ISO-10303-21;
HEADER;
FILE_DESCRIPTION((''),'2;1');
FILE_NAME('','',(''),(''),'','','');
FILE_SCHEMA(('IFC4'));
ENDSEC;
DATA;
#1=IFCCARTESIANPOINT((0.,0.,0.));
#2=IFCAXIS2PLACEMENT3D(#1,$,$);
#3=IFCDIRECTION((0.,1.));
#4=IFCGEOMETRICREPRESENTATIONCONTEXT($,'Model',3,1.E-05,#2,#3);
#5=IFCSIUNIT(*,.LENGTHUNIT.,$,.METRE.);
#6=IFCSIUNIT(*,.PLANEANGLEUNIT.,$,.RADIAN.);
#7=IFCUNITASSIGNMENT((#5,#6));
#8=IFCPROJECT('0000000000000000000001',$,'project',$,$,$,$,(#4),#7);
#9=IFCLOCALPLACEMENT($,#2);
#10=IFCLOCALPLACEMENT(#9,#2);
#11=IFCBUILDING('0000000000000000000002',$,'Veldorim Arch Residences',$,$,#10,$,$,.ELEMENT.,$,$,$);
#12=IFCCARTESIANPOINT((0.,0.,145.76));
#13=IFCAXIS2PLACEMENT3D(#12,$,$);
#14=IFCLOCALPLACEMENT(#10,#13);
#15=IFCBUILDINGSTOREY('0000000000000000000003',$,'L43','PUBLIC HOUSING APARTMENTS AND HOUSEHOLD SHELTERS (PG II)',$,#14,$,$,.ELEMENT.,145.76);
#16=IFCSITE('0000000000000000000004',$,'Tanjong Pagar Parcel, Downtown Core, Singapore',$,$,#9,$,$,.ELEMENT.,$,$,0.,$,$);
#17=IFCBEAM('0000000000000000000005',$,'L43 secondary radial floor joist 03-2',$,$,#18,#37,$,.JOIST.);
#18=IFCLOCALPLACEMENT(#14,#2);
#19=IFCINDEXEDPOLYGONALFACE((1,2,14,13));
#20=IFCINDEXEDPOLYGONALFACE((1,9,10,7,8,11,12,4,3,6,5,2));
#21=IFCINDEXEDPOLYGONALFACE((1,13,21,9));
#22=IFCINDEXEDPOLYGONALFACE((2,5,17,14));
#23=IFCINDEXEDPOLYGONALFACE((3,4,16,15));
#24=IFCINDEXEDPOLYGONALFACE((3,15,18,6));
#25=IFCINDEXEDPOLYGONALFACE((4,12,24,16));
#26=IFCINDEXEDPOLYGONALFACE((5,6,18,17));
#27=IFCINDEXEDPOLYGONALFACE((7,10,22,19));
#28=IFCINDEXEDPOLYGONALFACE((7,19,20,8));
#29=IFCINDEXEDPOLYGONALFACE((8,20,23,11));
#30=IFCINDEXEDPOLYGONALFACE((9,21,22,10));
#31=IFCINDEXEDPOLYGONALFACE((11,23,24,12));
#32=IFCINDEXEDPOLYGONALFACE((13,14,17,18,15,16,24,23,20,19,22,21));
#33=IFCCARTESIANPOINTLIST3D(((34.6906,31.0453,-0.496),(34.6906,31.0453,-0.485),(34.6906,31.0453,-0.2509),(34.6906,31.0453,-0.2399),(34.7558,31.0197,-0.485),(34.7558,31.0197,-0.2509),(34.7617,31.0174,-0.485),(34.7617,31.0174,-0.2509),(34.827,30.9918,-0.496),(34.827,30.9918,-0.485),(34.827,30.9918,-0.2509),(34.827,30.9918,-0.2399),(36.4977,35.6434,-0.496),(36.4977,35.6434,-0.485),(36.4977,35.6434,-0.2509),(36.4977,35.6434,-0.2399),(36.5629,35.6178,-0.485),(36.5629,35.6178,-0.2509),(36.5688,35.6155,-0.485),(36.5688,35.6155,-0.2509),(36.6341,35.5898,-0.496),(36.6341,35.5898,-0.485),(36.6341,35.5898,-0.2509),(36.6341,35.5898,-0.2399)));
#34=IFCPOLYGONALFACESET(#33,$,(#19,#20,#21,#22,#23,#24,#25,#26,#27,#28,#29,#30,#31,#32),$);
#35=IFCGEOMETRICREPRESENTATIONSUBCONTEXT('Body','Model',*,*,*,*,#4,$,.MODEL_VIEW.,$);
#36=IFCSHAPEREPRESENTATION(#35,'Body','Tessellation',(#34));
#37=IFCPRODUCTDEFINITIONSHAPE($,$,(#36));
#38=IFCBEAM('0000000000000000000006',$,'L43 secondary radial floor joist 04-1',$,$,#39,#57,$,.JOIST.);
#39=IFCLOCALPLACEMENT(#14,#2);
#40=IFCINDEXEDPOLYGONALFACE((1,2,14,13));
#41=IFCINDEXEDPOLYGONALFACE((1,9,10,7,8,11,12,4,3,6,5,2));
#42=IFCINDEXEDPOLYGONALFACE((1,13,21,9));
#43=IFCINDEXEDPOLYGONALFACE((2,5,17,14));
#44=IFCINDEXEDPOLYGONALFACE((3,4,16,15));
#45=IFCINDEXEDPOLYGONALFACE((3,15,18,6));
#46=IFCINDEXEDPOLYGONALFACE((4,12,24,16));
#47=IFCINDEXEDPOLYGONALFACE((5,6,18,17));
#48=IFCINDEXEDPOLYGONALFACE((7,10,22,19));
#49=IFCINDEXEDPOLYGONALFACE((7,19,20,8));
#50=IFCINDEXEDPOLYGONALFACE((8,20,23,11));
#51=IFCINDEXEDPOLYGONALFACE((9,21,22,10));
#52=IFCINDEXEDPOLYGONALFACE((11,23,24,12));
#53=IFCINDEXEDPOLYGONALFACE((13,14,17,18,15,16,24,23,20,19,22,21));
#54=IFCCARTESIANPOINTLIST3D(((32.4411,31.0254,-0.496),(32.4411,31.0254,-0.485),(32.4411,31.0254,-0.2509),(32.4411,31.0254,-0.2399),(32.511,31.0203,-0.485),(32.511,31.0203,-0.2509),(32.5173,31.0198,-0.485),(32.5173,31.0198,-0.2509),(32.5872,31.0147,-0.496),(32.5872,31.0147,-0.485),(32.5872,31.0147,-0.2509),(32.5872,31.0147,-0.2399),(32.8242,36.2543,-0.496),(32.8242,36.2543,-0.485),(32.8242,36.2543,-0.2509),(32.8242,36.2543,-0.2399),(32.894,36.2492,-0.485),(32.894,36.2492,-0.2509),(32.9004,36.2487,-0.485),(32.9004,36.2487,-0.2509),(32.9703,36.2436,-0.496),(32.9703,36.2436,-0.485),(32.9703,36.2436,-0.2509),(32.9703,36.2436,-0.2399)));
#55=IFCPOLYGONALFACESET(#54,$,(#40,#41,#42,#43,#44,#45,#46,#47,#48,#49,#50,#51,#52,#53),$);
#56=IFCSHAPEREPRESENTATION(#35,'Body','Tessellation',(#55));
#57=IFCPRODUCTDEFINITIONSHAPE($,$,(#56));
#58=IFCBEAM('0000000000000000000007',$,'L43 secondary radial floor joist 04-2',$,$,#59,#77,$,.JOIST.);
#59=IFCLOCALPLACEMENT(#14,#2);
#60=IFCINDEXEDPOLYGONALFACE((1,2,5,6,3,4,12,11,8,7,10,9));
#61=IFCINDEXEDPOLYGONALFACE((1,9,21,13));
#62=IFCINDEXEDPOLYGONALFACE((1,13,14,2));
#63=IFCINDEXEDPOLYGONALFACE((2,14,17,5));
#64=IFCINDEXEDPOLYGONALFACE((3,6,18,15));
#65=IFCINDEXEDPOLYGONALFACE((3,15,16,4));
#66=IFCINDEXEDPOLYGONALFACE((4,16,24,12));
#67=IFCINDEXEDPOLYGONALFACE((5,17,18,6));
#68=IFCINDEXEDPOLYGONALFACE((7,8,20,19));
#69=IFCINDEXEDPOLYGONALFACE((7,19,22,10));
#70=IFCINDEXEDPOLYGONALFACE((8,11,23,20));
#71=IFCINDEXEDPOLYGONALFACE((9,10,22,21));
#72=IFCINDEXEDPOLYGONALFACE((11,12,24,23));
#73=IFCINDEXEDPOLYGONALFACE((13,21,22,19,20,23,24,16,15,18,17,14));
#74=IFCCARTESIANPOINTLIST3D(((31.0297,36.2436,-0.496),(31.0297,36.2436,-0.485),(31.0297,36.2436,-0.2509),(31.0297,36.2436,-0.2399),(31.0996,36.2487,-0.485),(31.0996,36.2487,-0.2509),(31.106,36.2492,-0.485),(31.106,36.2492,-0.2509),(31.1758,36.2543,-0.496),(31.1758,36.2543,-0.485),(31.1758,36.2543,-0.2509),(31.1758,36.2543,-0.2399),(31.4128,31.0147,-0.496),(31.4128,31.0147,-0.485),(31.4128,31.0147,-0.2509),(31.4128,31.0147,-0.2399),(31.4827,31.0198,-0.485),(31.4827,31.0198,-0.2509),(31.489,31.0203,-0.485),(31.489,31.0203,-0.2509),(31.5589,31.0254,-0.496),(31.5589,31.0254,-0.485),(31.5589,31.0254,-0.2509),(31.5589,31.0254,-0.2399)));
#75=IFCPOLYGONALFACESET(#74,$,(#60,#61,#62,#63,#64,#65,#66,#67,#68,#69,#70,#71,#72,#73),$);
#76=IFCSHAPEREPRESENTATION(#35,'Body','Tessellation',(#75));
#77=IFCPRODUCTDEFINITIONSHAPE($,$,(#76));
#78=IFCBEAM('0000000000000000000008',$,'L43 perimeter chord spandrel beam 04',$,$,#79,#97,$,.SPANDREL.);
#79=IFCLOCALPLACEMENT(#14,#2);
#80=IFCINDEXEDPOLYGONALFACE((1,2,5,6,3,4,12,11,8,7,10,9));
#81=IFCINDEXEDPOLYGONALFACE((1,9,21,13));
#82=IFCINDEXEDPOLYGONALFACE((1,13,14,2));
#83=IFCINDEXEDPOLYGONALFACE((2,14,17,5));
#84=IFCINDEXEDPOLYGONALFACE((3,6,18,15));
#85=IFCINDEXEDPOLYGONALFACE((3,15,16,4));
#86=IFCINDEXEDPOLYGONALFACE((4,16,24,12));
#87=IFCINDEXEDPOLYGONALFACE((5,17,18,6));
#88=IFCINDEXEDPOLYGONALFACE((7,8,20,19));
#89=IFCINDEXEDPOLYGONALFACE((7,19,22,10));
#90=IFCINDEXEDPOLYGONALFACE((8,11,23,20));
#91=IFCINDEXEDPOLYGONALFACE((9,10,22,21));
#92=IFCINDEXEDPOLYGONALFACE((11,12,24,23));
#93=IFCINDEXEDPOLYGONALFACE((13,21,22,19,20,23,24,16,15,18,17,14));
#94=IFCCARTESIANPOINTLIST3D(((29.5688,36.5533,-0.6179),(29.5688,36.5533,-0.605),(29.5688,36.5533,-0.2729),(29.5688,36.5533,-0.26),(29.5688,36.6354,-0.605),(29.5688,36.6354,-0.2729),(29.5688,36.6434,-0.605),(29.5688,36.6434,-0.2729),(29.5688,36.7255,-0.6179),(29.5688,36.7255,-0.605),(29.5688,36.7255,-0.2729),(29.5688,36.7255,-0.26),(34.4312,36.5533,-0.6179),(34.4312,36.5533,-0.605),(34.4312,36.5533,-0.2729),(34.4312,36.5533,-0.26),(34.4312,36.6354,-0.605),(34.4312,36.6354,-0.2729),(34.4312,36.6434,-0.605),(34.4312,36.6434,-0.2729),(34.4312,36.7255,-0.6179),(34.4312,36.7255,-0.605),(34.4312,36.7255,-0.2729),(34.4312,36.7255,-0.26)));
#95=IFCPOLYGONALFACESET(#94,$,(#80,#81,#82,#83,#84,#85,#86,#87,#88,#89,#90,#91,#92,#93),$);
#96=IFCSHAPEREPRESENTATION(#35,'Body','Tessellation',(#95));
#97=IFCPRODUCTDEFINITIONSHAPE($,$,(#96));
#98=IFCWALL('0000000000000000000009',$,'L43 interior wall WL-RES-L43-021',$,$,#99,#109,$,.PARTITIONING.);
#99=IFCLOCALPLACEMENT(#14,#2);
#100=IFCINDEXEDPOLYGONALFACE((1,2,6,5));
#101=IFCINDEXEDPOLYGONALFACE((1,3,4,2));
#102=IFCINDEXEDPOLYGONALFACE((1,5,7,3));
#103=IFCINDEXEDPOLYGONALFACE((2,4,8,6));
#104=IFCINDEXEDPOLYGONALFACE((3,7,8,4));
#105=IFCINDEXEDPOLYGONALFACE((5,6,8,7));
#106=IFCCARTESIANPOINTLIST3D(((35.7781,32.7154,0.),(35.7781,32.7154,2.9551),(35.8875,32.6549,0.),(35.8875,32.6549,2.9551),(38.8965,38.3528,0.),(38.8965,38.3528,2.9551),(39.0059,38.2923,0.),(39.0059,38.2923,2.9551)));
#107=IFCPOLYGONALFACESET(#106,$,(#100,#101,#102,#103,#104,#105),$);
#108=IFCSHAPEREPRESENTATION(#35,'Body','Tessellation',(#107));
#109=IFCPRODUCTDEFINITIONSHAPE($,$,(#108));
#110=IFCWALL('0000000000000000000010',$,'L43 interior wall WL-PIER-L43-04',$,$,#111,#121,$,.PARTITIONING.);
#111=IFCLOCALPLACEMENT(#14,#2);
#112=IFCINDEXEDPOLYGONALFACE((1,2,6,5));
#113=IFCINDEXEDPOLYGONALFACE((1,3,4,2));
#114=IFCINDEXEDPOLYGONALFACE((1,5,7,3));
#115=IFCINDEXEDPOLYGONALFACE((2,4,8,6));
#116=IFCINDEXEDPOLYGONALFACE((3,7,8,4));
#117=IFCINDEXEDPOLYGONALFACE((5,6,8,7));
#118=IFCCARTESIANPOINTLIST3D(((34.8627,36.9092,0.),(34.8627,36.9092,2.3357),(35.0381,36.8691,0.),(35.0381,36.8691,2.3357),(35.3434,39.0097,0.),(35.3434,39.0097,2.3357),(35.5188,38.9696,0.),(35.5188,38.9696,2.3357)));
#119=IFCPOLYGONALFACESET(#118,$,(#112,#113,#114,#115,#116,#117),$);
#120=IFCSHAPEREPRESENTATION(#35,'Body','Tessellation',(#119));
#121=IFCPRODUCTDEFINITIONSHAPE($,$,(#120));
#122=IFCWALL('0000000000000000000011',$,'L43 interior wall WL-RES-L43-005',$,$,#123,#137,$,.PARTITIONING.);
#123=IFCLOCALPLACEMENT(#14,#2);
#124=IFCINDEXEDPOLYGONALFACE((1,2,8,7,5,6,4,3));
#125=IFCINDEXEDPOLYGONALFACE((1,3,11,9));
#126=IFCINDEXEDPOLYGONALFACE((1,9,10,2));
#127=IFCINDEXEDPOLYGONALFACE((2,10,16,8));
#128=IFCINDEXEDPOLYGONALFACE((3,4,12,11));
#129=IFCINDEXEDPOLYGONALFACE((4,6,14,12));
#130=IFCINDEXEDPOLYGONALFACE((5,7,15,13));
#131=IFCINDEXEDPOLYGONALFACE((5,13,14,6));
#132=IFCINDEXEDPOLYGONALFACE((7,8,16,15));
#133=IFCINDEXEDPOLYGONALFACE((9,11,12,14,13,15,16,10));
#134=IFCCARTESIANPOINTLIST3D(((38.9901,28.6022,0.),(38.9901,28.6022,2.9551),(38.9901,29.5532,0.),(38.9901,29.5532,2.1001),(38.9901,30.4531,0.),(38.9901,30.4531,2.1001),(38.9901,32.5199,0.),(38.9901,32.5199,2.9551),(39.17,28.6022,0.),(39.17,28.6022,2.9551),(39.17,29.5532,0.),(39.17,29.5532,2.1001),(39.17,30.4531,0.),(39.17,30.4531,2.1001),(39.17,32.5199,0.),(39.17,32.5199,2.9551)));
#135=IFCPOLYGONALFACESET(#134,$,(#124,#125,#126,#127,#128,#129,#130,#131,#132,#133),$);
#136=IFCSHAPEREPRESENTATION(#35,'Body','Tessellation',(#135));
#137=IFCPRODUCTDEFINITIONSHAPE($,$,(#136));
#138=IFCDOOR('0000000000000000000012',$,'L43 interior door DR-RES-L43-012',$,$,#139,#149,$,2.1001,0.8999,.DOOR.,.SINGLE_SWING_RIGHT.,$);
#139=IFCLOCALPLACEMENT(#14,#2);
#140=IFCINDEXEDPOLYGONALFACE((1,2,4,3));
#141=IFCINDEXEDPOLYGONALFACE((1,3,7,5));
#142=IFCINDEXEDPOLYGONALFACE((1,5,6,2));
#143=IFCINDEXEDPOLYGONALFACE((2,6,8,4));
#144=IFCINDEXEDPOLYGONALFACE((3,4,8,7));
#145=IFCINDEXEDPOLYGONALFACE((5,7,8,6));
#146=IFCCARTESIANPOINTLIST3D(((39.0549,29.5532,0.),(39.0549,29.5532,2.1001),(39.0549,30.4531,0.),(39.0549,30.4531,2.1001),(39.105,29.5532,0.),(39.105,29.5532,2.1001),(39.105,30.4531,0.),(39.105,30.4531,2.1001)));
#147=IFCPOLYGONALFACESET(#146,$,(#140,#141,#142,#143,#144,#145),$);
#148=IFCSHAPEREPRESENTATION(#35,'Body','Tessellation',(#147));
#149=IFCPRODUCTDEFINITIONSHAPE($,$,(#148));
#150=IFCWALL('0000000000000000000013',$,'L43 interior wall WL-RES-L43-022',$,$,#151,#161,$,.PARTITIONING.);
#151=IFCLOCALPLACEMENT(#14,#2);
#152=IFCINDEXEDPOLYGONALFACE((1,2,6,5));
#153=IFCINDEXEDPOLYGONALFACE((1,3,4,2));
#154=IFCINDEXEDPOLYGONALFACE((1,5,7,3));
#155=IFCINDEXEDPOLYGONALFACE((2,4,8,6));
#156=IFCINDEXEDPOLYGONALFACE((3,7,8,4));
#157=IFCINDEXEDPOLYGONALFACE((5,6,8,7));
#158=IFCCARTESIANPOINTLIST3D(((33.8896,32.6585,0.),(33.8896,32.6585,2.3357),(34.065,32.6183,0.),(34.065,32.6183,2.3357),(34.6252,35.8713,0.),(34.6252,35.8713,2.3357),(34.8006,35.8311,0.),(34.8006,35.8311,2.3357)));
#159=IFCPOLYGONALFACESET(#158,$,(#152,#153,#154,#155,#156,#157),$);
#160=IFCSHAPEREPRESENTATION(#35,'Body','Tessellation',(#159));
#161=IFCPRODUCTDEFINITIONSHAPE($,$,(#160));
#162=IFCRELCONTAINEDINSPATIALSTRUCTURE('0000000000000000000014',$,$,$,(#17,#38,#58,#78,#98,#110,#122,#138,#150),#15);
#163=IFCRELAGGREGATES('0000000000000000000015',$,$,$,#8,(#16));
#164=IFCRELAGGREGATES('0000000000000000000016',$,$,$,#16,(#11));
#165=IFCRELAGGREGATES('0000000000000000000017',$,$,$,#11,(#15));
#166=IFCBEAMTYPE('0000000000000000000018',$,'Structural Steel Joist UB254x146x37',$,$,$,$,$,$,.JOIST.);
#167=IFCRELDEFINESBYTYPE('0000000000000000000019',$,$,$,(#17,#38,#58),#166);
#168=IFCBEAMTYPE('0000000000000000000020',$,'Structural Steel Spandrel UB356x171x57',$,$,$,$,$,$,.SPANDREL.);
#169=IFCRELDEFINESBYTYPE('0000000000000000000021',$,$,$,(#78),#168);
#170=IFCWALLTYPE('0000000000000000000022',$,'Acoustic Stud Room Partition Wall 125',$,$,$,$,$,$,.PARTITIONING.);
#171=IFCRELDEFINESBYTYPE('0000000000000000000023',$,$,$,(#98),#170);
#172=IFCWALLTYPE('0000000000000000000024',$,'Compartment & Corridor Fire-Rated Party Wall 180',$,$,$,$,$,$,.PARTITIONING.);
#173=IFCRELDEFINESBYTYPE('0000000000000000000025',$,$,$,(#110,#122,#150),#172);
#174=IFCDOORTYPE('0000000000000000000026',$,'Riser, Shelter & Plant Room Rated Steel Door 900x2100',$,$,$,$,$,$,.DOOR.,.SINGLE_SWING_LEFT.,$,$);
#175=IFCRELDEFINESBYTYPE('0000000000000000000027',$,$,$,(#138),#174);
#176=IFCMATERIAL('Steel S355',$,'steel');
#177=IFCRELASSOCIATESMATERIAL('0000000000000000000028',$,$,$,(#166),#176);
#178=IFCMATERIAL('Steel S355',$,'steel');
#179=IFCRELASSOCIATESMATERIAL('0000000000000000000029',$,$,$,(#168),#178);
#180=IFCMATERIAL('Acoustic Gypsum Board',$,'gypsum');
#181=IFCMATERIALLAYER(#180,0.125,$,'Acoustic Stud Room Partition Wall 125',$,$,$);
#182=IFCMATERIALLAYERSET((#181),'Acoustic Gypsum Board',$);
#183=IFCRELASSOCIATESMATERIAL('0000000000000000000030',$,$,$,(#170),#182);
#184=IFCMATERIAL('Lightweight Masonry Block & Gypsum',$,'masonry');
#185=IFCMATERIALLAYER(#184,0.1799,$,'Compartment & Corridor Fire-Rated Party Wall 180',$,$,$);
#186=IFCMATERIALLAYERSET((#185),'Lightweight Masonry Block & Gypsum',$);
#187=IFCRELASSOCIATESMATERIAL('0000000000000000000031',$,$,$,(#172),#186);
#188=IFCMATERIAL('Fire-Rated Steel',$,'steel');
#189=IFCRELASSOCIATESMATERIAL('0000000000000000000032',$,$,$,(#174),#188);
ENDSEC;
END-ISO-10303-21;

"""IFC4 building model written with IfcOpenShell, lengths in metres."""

from ifc_helpers import new_model, si_unit, direction, frame, frame_2d, origin, origin_2d, place, context, subcontext, project, spatial, rectangle, i_section, extrude, material, layer, layer_set, material_profile, profile_set, type_object, element, fill, save


model = new_model("IFC4")

# Units and contexts
model_context = context("Model", 3, precision=1e-05, world=origin(), true_north=direction((0.0, 1.0)))
body_context = subcontext(model_context, "Body", "Model", "MODEL_VIEW")
ifc_project = project(units=[si_unit("LENGTHUNIT", "METRE"), si_unit("PLANEANGLEUNIT", "RADIAN")], contexts=[model_context])

# Site, building, storey
site_placement = place(None, origin())
site = spatial("IfcSite", under=ifc_project, at=site_placement, Name="Tanjong Pagar Parcel, Downtown Core, Singapore", CompositionType="ELEMENT", RefElevation=0.0)
building_placement = place(site_placement, origin())
building = spatial("IfcBuilding", under=site, at=building_placement, Name="Veldorim Arch Residences", CompositionType="ELEMENT")
storey_placement = place(building_placement, frame((0.0, 0.0, 145.76)))
storey = spatial("IfcBuildingStorey", under=building, at=storey_placement, Name="L43", Description="PUBLIC HOUSING APARTMENTS AND HOUSEHOLD SHELTERS (PG II)", CompositionType="ELEMENT", Elevation=145.76)

# Beams
ifc_material_1 = material(Name="Steel S355", Category="steel")
ifc_material_profile_1 = material_profile(ifc_material_1, i_section(OverallWidth=0.1465, OverallDepth=0.2561, WebThickness=0.0063, FlangeThickness=0.011, at=origin_2d()), Name="UB254x146x37")
ifc_profile_set_1 = profile_set([ifc_material_profile_1], Name="Steel S355")
beam_type_1 = type_object("IfcBeamType", Name="Structural Steel Joist UB254x146x37", PredefinedType="JOIST", material=ifc_profile_set_1)
beam_1_placement = place(storey_placement, frame((34.7588, 31.0186, -0.3679), z_axis=(0.365778, 0.930702, 0.0), x_axis=(-0.930702, 0.365778, 0.0)))
element("IfcBeam", 1, at=beam_1_placement, inside=storey, type_object=beam_type_1, Name="L43 secondary radial floor joist 03-2", PredefinedType="JOIST", context=body_context, shape_type="SweptSolid", body=[
    extrude(i_section(OverallWidth=0.1465, OverallDepth=0.2561, WebThickness=0.0063, FlangeThickness=0.011, at=origin_2d()), origin(), (0.0, 0.0, 1.0), 4.9404),
])
for number, where, z_axis, x_axis, name in (
    (2, (32.5142, 31.02, -0.3679), (0.07306, 0.997328, 0.0), (-0.997328, 0.07306, 0.0), "L43 secondary radial floor joist 04-1"),
    (3, (31.4858, 31.02, -0.3679), (-0.07306, 0.997328, 0.0), (-0.997328, -0.07306, 0.0), "L43 secondary radial floor joist 04-2"),
):
    element("IfcBeam", number, at=place(storey_placement, frame(where, z_axis=z_axis, x_axis=x_axis)), inside=storey, type_object=beam_type_1, Name=name, PredefinedType="JOIST", context=body_context, shape_type="SweptSolid", body=[
        extrude(i_section(OverallWidth=0.1465, OverallDepth=0.2561, WebThickness=0.0063, FlangeThickness=0.011, at=origin_2d()), origin(), (0.0, 0.0, 1.0), 5.2429),
    ])
ifc_material_2 = material(Name="Steel S355", Category="steel")
ifc_material_profile_2 = material_profile(ifc_material_2, i_section(OverallWidth=0.1721, OverallDepth=0.3579, WebThickness=0.0081, FlangeThickness=0.0129, at=origin_2d()), Name="UB356x171x57")
ifc_profile_set_2 = profile_set([ifc_material_profile_2], Name="Steel S355")
beam_type_2 = type_object("IfcBeamType", Name="Structural Steel Spandrel UB356x171x57", PredefinedType="SPANDREL", material=ifc_profile_set_2)
beam_2_placement = place(storey_placement, frame((34.4312, 36.6394, -0.439), z_axis=(-1.0, 0.0, 0.0), x_axis=(0.0, -1.0, 0.0)))
element("IfcBeam", 4, at=beam_2_placement, inside=storey, type_object=beam_type_2, Name="L43 perimeter chord spandrel beam 04", PredefinedType="SPANDREL", context=body_context, shape_type="SweptSolid", body=[
    extrude(i_section(OverallWidth=0.1721, OverallDepth=0.3579, WebThickness=0.0081, FlangeThickness=0.0129, at=origin_2d()), origin(), (0.0, 0.0, 1.0), 4.8623),
])

# Walls
ifc_material_3 = material(Name="Acoustic Gypsum Board", Category="gypsum")
ifc_layer_1 = layer(ifc_material_3, 0.125, Name="Acoustic Stud Room Partition Wall 125")
ifc_layer_set_1 = layer_set([ifc_layer_1], Name="Acoustic Gypsum Board")
wall_type_1 = type_object("IfcWallType", Name="Acoustic Stud Room Partition Wall 125", PredefinedType="PARTITIONING", material=ifc_layer_set_1)
wall_1_placement = place(storey_placement, frame((38.9512, 38.3225, 0.0), z_axis=(0.0, 0.0, 1.0), x_axis=(-0.48404, -0.875046, 0.0)))
element("IfcWall", 5, at=wall_1_placement, inside=storey, type_object=wall_type_1, Name="L43 interior wall WL-RES-L43-021", PredefinedType="PARTITIONING", context=body_context, shape_type="SweptSolid", body=[
    extrude(rectangle(XDim=6.4424, YDim=0.125, at=frame_2d((3.2212, 0.0))), origin(), (0.0, 0.0, 1.0), 2.9551),
])
ifc_material_4 = material(Name="Lightweight Masonry Block & Gypsum", Category="masonry")
ifc_layer_2 = layer(ifc_material_4, 0.1799, Name="Compartment & Corridor Fire-Rated Party Wall 180")
ifc_layer_set_2 = layer_set([ifc_layer_2], Name="Lightweight Masonry Block & Gypsum")
wall_type_2 = type_object("IfcWallType", Name="Compartment & Corridor Fire-Rated Party Wall 180", PredefinedType="PARTITIONING", material=ifc_layer_set_2)
wall_2_placement = place(storey_placement, frame((34.9504, 36.8892, 0.0), z_axis=(0.0, 0.0, 1.0), x_axis=(0.22308, 0.9748, 0.0)))
element("IfcWall", 6, at=wall_2_placement, inside=storey, type_object=wall_type_2, Name="L43 interior wall WL-PIER-L43-04", PredefinedType="PARTITIONING", context=body_context, shape_type="SweptSolid", body=[
    extrude(rectangle(XDim=2.1548, YDim=0.1799, at=frame_2d((1.0774, 0.0))), origin(), (0.0, 0.0, 1.0), 2.3357),
])

# Wall, opening, door
wall_3_placement = place(storey_placement, frame((39.0801, 32.52, 0.0), z_axis=(0.0, 0.0, 1.0), x_axis=(0.0, -1.0, 0.0)))
wall_3 = element("IfcWall", 7, at=wall_3_placement, inside=storey, type_object=wall_type_2, Name="L43 interior wall WL-RES-L43-005", PredefinedType="PARTITIONING", context=body_context, shape_type="SweptSolid", body=[
    extrude(rectangle(XDim=3.9177, YDim=0.1799, at=frame_2d((1.959, 0.0))), origin(), (0.0, 0.0, 1.0), 2.9551),
])
opening_1_placement = place(wall_3_placement, frame((2.0669, 0.0, 0.0)))
opening_1 = element("IfcOpeningElement", 8, at=opening_1_placement, cuts=wall_3, PredefinedType="OPENING", context=body_context, shape_type="SweptSolid", body=[
    extrude(rectangle(XDim=0.8999, YDim=2.1001, at=frame_2d((0.45, 1.05))), frame((0.0, 0.0999, 0.0), z_axis=(0.0, -1.0, 0.0), x_axis=(1.0, 0.0, 0.0)), (0.0, 0.0, 1.0), 0.2),
])
ifc_material_5 = material(Name="Fire-Rated Steel", Category="steel")
door_type = type_object("IfcDoorType", Name="Riser, Shelter & Plant Room Rated Steel Door 900x2100", OperationType="SINGLE_SWING_LEFT", PredefinedType="DOOR", material=ifc_material_5)
door_placement = place(opening_1_placement, origin())
door = element("IfcDoor", 9, at=door_placement, inside=storey, type_object=door_type, Name="L43 interior door DR-RES-L43-012", OperationType="SINGLE_SWING_RIGHT", OverallHeight=2.1001, OverallWidth=0.8999, PredefinedType="DOOR", context=body_context, shape_type="SweptSolid", body=[
    extrude(rectangle(XDim=0.8999, YDim=2.1001, at=frame_2d((0.45, 1.05))), frame((0.0, 0.0249, 0.0), z_axis=(0.0, -1.0, 0.0), x_axis=(1.0, 0.0, 0.0)), (0.0, 0.0, 1.0), 0.05),
])
fill(opening_1, door)

# Wall
wall_4_placement = place(storey_placement, frame((33.9773, 32.6384, 0.0), z_axis=(0.0, 0.0, 1.0), x_axis=(0.223193, 0.974774, 0.0)))
element("IfcWall", 10, at=wall_4_placement, inside=storey, type_object=wall_type_2, Name="L43 interior wall WL-RES-L43-022", PredefinedType="PARTITIONING", context=body_context, shape_type="SweptSolid", body=[
    extrude(rectangle(XDim=3.2959, YDim=0.1799, at=frame_2d((1.6479, 0.0))), origin(), (0.0, 0.0, 1.0), 2.3357),
])

save(model, "model.ifc")
